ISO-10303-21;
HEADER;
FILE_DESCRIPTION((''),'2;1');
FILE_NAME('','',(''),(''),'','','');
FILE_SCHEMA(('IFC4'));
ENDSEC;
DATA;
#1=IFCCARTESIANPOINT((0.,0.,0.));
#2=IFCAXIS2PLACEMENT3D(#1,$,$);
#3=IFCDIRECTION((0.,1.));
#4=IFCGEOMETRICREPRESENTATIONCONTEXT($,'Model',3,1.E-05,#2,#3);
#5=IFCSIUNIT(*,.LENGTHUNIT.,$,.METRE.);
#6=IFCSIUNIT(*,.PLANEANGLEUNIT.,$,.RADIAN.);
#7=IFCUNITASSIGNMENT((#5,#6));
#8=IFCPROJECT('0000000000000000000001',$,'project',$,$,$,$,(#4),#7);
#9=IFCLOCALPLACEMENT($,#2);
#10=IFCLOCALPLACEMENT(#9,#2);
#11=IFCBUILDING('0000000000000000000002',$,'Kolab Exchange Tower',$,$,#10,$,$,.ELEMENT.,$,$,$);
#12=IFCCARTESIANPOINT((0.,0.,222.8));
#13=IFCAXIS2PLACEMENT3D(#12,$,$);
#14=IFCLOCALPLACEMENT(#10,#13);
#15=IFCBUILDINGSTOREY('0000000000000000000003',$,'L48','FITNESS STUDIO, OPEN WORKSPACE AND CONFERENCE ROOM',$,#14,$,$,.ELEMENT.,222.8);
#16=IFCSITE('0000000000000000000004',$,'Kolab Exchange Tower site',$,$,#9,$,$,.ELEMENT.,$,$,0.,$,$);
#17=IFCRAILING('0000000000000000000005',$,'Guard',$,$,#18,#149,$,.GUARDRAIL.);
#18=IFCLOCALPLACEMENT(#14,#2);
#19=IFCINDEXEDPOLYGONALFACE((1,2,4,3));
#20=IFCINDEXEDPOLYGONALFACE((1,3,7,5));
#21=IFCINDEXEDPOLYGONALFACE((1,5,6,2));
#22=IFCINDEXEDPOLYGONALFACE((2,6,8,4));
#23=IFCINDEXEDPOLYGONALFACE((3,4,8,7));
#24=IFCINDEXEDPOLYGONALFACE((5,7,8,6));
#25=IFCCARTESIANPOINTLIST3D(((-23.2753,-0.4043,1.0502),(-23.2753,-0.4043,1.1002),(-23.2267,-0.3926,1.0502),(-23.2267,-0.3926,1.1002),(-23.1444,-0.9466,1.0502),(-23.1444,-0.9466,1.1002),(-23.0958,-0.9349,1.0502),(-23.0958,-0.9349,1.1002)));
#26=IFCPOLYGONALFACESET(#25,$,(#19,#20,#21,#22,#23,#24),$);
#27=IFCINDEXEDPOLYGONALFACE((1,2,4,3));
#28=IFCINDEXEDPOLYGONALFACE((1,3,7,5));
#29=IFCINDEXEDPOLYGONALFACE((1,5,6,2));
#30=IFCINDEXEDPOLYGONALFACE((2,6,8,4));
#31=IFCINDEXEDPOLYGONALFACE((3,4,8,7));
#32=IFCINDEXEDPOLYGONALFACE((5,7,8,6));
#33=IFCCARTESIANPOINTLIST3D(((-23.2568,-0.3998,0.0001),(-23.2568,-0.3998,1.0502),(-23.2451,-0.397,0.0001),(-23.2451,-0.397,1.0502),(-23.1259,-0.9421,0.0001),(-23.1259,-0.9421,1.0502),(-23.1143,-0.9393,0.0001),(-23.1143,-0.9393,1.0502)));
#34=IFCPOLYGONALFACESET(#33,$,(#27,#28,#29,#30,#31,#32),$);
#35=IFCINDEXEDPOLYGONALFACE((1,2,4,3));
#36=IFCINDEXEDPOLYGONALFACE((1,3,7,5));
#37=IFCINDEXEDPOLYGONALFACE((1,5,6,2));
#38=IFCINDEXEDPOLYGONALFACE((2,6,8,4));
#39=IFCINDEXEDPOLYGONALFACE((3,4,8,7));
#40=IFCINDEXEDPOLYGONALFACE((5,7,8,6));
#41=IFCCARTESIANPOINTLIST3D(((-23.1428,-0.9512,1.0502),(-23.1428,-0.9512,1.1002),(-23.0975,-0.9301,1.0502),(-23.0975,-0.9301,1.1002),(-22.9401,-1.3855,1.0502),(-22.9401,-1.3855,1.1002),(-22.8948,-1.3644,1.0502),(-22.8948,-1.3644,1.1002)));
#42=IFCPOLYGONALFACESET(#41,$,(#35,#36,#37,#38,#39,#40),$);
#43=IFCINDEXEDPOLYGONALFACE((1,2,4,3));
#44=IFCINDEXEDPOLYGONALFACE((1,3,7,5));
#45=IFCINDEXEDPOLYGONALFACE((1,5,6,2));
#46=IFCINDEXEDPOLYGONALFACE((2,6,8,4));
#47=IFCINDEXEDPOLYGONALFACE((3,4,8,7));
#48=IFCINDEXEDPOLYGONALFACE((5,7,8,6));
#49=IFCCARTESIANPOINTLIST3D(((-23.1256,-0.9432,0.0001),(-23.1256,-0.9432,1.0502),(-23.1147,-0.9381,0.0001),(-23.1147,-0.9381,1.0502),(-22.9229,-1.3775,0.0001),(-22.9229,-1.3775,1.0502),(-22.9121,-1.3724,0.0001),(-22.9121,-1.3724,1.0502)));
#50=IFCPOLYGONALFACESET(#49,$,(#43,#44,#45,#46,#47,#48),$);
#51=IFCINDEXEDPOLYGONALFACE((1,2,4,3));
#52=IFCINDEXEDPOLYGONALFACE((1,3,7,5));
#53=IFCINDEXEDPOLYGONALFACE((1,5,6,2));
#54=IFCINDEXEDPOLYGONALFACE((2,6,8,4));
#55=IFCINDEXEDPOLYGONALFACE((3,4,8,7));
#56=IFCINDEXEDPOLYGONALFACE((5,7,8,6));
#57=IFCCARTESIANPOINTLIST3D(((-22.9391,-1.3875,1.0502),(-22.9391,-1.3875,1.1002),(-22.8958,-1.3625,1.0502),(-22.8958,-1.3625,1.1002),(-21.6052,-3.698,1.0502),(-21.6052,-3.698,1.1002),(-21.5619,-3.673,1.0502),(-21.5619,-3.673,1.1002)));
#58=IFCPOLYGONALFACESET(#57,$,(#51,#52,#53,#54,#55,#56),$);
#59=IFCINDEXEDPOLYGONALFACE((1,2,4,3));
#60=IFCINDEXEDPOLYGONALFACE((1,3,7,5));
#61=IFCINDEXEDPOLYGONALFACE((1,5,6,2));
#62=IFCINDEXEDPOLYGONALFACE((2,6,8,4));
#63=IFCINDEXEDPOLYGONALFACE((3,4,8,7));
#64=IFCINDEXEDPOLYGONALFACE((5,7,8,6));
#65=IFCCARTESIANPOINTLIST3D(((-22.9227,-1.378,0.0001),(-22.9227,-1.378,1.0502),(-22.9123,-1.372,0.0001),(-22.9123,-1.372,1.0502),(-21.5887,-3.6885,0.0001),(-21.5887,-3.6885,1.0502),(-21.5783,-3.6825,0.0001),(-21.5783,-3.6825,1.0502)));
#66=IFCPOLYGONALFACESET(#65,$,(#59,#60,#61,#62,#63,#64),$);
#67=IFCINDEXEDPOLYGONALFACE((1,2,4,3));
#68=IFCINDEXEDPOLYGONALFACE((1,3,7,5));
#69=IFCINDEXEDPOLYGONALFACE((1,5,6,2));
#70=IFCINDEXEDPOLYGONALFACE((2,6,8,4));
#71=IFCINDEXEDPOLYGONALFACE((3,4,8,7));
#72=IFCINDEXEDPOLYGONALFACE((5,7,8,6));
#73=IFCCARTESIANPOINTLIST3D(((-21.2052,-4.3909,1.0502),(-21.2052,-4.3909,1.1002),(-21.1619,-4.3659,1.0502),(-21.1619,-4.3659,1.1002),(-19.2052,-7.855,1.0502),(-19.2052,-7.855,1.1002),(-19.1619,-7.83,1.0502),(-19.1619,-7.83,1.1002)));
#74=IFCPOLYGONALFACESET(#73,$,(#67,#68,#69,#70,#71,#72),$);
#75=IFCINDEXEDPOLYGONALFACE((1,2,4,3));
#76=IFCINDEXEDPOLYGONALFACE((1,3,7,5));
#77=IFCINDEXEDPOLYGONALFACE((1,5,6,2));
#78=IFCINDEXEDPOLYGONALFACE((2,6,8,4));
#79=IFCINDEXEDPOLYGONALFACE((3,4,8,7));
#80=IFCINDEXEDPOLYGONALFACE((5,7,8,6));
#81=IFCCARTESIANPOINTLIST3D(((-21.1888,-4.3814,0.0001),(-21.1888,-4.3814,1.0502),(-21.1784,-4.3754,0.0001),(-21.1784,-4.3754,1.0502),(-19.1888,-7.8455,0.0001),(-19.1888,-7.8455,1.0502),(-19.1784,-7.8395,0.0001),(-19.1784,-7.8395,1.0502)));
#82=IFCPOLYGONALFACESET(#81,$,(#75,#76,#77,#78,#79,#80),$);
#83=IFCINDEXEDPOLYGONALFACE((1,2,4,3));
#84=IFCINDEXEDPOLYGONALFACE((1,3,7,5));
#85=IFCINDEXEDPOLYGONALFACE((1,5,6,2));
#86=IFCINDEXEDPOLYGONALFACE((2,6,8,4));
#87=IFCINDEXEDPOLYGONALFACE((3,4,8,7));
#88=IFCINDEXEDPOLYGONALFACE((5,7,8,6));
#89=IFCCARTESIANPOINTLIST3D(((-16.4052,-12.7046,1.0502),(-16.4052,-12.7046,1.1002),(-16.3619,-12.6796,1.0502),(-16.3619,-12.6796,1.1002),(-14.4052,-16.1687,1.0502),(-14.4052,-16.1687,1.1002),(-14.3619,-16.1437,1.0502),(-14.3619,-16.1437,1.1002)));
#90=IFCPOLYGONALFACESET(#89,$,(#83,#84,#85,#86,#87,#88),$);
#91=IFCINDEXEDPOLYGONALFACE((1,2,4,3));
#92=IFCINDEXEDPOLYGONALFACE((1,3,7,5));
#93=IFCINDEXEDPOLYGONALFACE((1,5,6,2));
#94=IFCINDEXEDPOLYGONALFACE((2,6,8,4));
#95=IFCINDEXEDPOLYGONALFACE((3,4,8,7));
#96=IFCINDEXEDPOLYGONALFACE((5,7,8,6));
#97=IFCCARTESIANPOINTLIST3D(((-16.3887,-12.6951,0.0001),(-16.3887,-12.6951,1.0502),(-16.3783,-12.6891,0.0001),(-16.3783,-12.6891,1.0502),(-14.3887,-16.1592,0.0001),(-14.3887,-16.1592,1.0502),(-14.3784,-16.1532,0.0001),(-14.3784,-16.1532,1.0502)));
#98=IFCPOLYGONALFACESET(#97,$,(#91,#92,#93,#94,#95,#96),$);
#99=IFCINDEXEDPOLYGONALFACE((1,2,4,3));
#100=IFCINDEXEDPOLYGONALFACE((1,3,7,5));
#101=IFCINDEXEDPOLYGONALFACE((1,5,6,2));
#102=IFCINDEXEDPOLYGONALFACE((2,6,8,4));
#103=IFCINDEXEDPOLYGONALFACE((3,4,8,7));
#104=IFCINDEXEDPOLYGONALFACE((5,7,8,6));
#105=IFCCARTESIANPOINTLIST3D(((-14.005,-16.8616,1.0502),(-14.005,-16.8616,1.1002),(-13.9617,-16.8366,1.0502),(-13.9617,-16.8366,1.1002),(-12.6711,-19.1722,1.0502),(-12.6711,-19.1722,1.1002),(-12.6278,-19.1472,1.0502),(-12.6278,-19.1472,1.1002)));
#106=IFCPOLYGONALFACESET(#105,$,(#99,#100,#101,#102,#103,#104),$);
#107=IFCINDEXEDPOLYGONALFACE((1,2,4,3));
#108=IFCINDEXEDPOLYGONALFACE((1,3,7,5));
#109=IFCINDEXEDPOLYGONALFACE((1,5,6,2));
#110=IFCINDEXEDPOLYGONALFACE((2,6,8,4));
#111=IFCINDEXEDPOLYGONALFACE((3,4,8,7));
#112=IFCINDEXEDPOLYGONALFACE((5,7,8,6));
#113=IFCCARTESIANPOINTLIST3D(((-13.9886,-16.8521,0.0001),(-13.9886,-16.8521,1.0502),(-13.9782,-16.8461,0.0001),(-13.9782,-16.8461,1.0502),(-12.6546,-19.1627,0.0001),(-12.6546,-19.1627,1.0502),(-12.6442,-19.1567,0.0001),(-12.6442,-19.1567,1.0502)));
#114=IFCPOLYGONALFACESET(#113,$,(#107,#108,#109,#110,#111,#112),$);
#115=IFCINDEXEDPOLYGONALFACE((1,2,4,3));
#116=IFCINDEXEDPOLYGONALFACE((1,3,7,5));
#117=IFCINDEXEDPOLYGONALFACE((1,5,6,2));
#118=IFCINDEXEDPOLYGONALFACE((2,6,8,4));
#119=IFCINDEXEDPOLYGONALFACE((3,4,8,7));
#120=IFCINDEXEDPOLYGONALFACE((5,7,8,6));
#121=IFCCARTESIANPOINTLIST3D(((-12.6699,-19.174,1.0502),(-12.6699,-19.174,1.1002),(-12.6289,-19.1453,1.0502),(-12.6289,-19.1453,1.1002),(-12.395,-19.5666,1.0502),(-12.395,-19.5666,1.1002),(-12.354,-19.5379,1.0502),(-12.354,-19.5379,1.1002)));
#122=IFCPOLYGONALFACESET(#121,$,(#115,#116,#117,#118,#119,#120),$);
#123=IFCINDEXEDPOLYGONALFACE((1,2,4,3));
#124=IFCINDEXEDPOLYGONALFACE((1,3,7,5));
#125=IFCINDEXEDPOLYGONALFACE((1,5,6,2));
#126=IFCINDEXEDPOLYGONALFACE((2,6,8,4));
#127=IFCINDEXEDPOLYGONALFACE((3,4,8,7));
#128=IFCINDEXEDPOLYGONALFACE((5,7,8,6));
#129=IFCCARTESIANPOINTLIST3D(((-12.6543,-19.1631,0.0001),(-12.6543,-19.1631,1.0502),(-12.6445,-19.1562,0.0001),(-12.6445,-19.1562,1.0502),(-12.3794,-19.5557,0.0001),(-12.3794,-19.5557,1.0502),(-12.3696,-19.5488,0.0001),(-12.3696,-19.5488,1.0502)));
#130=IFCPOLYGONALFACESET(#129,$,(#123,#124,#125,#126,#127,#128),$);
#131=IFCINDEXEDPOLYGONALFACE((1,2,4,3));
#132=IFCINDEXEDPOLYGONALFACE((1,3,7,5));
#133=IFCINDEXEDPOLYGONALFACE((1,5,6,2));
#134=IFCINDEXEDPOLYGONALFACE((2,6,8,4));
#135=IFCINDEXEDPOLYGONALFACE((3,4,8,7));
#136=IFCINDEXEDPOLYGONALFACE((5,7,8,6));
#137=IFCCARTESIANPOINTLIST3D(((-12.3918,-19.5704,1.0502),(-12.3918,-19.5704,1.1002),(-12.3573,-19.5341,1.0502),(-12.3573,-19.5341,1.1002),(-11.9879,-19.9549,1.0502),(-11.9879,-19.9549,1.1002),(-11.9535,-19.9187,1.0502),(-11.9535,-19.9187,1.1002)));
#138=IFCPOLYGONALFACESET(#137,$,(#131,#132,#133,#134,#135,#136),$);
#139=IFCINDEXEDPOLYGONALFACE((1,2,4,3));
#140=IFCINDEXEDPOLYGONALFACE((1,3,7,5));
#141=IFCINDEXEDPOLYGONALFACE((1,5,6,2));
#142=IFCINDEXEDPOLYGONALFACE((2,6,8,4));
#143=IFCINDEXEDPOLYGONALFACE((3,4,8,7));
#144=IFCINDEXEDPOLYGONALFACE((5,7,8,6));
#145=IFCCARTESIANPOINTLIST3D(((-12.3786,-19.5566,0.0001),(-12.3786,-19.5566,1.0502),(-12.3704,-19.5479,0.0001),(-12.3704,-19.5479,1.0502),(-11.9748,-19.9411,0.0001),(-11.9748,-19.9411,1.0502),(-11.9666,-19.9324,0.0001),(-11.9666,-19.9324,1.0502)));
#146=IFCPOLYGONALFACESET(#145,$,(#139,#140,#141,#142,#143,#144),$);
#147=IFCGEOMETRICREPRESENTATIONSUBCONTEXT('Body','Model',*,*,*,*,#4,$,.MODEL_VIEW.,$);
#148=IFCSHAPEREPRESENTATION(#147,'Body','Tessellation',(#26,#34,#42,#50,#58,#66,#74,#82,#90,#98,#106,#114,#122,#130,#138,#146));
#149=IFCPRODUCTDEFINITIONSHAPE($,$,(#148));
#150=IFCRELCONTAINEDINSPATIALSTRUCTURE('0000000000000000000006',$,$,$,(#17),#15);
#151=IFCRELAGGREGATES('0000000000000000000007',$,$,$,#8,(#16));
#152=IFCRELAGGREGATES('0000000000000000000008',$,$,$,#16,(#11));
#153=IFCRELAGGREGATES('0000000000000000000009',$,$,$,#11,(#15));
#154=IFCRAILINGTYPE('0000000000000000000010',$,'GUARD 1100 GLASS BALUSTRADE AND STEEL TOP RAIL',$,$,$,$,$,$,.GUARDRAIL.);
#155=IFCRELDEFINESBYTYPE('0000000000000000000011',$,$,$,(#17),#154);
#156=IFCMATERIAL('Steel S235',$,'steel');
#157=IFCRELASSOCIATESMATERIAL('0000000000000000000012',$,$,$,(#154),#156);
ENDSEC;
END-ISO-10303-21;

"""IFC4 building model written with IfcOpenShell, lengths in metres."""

from ifc_helpers import new_model, si_unit, direction, frame, frame_2d, origin, origin_2d, place, context, subcontext, project, spatial, rectangle, extrude, material, type_object, element, save


model = new_model("IFC4")

# Units and contexts
model_context = context("Model", 3, precision=1e-05, world=origin(), true_north=direction((0.0, 1.0)))
body_context = subcontext(model_context, "Body", "Model", "MODEL_VIEW")
ifc_project = project(units=[si_unit("LENGTHUNIT", "METRE"), si_unit("PLANEANGLEUNIT", "RADIAN")], contexts=[model_context])

# Site, building, storey
site_placement = place(None, origin())
site = spatial("IfcSite", under=ifc_project, at=site_placement, Name="Kolab Exchange Tower site", CompositionType="ELEMENT", RefElevation=0.0)
building_placement = place(site_placement, origin())
building = spatial("IfcBuilding", under=site, at=building_placement, Name="Kolab Exchange Tower", CompositionType="ELEMENT")
storey_placement = place(building_placement, frame((0.0, 0.0, 222.8)))
storey = spatial("IfcBuildingStorey", under=building, at=storey_placement, Name="L48", Description="FITNESS STUDIO, OPEN WORKSPACE AND CONFERENCE ROOM", CompositionType="ELEMENT", Elevation=222.8)

# Railing
ifc_material_1 = material(Name="Steel S235", Category="steel")
railing_type = type_object("IfcRailingType", Name="GUARD 1100 GLASS BALUSTRADE AND STEEL TOP RAIL", PredefinedType="GUARDRAIL", material=ifc_material_1)
railing_placement = place(storey_placement, frame((-23.251, -0.3984, 0.0)))
element("IfcRailing", 1, at=railing_placement, inside=storey, type_object=railing_type, Name="Guard", PredefinedType="GUARDRAIL", context=body_context, shape_type="SweptSolid", body=[
    extrude(rectangle(XDim=0.05, YDim=0.05, at=origin_2d()), frame((0.0, 0.0, 1.0752), z_axis=(0.234598, -0.972093, 0.0), x_axis=(0.972093, 0.234598, 0.0)), (0.0, 0.0, 1.0), 0.5579),
    extrude(rectangle(XDim=0.012, YDim=1.0501, at=frame_2d((0.0, 0.5251))), frame((0.0, 0.0, 0.0), z_axis=(0.234598, -0.972093, 0.0), x_axis=(0.972093, 0.234598, 0.0)), (0.0, 0.0, 1.0), 0.5579),
    extrude(rectangle(XDim=0.05, YDim=0.05, at=origin_2d()), frame((0.1309, -0.5422, 1.0752), z_axis=(0.422802, -0.906222, 0.0), x_axis=(0.906222, 0.422802, 0.0)), (0.0, 0.0, 1.0), 0.4792),
    extrude(rectangle(XDim=0.012, YDim=1.0501, at=frame_2d((0.0, 0.5251))), frame((0.1309, -0.5422, 0.0), z_axis=(0.422802, -0.906222, 0.0), x_axis=(0.906222, 0.422802, 0.0)), (0.0, 0.0, 1.0), 0.4792),
    extrude(rectangle(XDim=0.05, YDim=0.05, at=origin_2d()), frame((0.3335, -0.9766, 1.0752), z_axis=(0.499997, -0.866027, 0.0), x_axis=(0.866027, 0.499997, 0.0)), (0.0, 0.0, 1.0), 2.668),
    extrude(rectangle(XDim=0.012, YDim=1.0501, at=frame_2d((0.0, 0.5251))), frame((0.3335, -0.9766, 0.0), z_axis=(0.499997, -0.866027, 0.0), x_axis=(0.866027, 0.499997, 0.0)), (0.0, 0.0, 1.0), 2.668),
    extrude(rectangle(XDim=0.05, YDim=0.05, at=origin_2d()), frame((2.0674, -3.98, 1.0752), z_axis=(0.499999, -0.866026, 0.0), x_axis=(0.866026, 0.499999, 0.0)), (0.0, 0.0, 1.0), 4.0),
    extrude(rectangle(XDim=0.012, YDim=1.0501, at=frame_2d((0.0, 0.5251))), frame((2.0674, -3.98, 0.0), z_axis=(0.499999, -0.866026, 0.0), x_axis=(0.866026, 0.499999, 0.0)), (0.0, 0.0, 1.0), 4.0),
    extrude(rectangle(XDim=0.05, YDim=0.05, at=origin_2d()), frame((6.8674, -12.2937, 1.0752), z_axis=(0.499999, -0.866026, 0.0), x_axis=(0.866026, 0.499999, 0.0)), (0.0, 0.0, 1.0), 4.0),
    extrude(rectangle(XDim=0.012, YDim=1.0501, at=frame_2d((0.0, 0.5251))), frame((6.8674, -12.2937, 0.0), z_axis=(0.499999, -0.866026, 0.0), x_axis=(0.866026, 0.499999, 0.0)), (0.0, 0.0, 1.0), 4.0),
    extrude(rectangle(XDim=0.05, YDim=0.05, at=origin_2d()), frame((9.2676, -16.4507, 1.0752), z_axis=(0.499997, -0.866027, 0.0), x_axis=(0.866027, 0.499997, 0.0)), (0.0, 0.0, 1.0), 2.668),
    extrude(rectangle(XDim=0.012, YDim=1.0501, at=frame_2d((0.0, 0.5251))), frame((9.2676, -16.4507, 0.0), z_axis=(0.499997, -0.866027, 0.0), x_axis=(0.866027, 0.499997, 0.0)), (0.0, 0.0, 1.0), 2.668),
    extrude(rectangle(XDim=0.05, YDim=0.05, at=origin_2d()), frame((10.6016, -18.7612, 1.0752), z_axis=(0.573599, -0.819136, 0.0), x_axis=(0.819136, 0.573599, 0.0)), (0.0, 0.0, 1.0), 0.4792),
    extrude(rectangle(XDim=0.012, YDim=1.0501, at=frame_2d((0.0, 0.5251))), frame((10.6016, -18.7612, 0.0), z_axis=(0.573599, -0.819136, 0.0), x_axis=(0.819136, 0.573599, 0.0)), (0.0, 0.0, 1.0), 0.4792),
    extrude(rectangle(XDim=0.05, YDim=0.05, at=origin_2d()), frame((10.8765, -19.1538, 1.0752), z_axis=(0.72419, -0.689601, 0.0), x_axis=(0.689601, 0.72419, 0.0)), (0.0, 0.0, 1.0), 0.5576),
    extrude(rectangle(XDim=0.012, YDim=1.0501, at=frame_2d((0.0, 0.5251))), frame((10.8765, -19.1538, 0.0), z_axis=(0.72419, -0.689601, 0.0), x_axis=(0.689601, 0.72419, 0.0)), (0.0, 0.0, 1.0), 0.5576),
])

save(model, "model.ifc")
